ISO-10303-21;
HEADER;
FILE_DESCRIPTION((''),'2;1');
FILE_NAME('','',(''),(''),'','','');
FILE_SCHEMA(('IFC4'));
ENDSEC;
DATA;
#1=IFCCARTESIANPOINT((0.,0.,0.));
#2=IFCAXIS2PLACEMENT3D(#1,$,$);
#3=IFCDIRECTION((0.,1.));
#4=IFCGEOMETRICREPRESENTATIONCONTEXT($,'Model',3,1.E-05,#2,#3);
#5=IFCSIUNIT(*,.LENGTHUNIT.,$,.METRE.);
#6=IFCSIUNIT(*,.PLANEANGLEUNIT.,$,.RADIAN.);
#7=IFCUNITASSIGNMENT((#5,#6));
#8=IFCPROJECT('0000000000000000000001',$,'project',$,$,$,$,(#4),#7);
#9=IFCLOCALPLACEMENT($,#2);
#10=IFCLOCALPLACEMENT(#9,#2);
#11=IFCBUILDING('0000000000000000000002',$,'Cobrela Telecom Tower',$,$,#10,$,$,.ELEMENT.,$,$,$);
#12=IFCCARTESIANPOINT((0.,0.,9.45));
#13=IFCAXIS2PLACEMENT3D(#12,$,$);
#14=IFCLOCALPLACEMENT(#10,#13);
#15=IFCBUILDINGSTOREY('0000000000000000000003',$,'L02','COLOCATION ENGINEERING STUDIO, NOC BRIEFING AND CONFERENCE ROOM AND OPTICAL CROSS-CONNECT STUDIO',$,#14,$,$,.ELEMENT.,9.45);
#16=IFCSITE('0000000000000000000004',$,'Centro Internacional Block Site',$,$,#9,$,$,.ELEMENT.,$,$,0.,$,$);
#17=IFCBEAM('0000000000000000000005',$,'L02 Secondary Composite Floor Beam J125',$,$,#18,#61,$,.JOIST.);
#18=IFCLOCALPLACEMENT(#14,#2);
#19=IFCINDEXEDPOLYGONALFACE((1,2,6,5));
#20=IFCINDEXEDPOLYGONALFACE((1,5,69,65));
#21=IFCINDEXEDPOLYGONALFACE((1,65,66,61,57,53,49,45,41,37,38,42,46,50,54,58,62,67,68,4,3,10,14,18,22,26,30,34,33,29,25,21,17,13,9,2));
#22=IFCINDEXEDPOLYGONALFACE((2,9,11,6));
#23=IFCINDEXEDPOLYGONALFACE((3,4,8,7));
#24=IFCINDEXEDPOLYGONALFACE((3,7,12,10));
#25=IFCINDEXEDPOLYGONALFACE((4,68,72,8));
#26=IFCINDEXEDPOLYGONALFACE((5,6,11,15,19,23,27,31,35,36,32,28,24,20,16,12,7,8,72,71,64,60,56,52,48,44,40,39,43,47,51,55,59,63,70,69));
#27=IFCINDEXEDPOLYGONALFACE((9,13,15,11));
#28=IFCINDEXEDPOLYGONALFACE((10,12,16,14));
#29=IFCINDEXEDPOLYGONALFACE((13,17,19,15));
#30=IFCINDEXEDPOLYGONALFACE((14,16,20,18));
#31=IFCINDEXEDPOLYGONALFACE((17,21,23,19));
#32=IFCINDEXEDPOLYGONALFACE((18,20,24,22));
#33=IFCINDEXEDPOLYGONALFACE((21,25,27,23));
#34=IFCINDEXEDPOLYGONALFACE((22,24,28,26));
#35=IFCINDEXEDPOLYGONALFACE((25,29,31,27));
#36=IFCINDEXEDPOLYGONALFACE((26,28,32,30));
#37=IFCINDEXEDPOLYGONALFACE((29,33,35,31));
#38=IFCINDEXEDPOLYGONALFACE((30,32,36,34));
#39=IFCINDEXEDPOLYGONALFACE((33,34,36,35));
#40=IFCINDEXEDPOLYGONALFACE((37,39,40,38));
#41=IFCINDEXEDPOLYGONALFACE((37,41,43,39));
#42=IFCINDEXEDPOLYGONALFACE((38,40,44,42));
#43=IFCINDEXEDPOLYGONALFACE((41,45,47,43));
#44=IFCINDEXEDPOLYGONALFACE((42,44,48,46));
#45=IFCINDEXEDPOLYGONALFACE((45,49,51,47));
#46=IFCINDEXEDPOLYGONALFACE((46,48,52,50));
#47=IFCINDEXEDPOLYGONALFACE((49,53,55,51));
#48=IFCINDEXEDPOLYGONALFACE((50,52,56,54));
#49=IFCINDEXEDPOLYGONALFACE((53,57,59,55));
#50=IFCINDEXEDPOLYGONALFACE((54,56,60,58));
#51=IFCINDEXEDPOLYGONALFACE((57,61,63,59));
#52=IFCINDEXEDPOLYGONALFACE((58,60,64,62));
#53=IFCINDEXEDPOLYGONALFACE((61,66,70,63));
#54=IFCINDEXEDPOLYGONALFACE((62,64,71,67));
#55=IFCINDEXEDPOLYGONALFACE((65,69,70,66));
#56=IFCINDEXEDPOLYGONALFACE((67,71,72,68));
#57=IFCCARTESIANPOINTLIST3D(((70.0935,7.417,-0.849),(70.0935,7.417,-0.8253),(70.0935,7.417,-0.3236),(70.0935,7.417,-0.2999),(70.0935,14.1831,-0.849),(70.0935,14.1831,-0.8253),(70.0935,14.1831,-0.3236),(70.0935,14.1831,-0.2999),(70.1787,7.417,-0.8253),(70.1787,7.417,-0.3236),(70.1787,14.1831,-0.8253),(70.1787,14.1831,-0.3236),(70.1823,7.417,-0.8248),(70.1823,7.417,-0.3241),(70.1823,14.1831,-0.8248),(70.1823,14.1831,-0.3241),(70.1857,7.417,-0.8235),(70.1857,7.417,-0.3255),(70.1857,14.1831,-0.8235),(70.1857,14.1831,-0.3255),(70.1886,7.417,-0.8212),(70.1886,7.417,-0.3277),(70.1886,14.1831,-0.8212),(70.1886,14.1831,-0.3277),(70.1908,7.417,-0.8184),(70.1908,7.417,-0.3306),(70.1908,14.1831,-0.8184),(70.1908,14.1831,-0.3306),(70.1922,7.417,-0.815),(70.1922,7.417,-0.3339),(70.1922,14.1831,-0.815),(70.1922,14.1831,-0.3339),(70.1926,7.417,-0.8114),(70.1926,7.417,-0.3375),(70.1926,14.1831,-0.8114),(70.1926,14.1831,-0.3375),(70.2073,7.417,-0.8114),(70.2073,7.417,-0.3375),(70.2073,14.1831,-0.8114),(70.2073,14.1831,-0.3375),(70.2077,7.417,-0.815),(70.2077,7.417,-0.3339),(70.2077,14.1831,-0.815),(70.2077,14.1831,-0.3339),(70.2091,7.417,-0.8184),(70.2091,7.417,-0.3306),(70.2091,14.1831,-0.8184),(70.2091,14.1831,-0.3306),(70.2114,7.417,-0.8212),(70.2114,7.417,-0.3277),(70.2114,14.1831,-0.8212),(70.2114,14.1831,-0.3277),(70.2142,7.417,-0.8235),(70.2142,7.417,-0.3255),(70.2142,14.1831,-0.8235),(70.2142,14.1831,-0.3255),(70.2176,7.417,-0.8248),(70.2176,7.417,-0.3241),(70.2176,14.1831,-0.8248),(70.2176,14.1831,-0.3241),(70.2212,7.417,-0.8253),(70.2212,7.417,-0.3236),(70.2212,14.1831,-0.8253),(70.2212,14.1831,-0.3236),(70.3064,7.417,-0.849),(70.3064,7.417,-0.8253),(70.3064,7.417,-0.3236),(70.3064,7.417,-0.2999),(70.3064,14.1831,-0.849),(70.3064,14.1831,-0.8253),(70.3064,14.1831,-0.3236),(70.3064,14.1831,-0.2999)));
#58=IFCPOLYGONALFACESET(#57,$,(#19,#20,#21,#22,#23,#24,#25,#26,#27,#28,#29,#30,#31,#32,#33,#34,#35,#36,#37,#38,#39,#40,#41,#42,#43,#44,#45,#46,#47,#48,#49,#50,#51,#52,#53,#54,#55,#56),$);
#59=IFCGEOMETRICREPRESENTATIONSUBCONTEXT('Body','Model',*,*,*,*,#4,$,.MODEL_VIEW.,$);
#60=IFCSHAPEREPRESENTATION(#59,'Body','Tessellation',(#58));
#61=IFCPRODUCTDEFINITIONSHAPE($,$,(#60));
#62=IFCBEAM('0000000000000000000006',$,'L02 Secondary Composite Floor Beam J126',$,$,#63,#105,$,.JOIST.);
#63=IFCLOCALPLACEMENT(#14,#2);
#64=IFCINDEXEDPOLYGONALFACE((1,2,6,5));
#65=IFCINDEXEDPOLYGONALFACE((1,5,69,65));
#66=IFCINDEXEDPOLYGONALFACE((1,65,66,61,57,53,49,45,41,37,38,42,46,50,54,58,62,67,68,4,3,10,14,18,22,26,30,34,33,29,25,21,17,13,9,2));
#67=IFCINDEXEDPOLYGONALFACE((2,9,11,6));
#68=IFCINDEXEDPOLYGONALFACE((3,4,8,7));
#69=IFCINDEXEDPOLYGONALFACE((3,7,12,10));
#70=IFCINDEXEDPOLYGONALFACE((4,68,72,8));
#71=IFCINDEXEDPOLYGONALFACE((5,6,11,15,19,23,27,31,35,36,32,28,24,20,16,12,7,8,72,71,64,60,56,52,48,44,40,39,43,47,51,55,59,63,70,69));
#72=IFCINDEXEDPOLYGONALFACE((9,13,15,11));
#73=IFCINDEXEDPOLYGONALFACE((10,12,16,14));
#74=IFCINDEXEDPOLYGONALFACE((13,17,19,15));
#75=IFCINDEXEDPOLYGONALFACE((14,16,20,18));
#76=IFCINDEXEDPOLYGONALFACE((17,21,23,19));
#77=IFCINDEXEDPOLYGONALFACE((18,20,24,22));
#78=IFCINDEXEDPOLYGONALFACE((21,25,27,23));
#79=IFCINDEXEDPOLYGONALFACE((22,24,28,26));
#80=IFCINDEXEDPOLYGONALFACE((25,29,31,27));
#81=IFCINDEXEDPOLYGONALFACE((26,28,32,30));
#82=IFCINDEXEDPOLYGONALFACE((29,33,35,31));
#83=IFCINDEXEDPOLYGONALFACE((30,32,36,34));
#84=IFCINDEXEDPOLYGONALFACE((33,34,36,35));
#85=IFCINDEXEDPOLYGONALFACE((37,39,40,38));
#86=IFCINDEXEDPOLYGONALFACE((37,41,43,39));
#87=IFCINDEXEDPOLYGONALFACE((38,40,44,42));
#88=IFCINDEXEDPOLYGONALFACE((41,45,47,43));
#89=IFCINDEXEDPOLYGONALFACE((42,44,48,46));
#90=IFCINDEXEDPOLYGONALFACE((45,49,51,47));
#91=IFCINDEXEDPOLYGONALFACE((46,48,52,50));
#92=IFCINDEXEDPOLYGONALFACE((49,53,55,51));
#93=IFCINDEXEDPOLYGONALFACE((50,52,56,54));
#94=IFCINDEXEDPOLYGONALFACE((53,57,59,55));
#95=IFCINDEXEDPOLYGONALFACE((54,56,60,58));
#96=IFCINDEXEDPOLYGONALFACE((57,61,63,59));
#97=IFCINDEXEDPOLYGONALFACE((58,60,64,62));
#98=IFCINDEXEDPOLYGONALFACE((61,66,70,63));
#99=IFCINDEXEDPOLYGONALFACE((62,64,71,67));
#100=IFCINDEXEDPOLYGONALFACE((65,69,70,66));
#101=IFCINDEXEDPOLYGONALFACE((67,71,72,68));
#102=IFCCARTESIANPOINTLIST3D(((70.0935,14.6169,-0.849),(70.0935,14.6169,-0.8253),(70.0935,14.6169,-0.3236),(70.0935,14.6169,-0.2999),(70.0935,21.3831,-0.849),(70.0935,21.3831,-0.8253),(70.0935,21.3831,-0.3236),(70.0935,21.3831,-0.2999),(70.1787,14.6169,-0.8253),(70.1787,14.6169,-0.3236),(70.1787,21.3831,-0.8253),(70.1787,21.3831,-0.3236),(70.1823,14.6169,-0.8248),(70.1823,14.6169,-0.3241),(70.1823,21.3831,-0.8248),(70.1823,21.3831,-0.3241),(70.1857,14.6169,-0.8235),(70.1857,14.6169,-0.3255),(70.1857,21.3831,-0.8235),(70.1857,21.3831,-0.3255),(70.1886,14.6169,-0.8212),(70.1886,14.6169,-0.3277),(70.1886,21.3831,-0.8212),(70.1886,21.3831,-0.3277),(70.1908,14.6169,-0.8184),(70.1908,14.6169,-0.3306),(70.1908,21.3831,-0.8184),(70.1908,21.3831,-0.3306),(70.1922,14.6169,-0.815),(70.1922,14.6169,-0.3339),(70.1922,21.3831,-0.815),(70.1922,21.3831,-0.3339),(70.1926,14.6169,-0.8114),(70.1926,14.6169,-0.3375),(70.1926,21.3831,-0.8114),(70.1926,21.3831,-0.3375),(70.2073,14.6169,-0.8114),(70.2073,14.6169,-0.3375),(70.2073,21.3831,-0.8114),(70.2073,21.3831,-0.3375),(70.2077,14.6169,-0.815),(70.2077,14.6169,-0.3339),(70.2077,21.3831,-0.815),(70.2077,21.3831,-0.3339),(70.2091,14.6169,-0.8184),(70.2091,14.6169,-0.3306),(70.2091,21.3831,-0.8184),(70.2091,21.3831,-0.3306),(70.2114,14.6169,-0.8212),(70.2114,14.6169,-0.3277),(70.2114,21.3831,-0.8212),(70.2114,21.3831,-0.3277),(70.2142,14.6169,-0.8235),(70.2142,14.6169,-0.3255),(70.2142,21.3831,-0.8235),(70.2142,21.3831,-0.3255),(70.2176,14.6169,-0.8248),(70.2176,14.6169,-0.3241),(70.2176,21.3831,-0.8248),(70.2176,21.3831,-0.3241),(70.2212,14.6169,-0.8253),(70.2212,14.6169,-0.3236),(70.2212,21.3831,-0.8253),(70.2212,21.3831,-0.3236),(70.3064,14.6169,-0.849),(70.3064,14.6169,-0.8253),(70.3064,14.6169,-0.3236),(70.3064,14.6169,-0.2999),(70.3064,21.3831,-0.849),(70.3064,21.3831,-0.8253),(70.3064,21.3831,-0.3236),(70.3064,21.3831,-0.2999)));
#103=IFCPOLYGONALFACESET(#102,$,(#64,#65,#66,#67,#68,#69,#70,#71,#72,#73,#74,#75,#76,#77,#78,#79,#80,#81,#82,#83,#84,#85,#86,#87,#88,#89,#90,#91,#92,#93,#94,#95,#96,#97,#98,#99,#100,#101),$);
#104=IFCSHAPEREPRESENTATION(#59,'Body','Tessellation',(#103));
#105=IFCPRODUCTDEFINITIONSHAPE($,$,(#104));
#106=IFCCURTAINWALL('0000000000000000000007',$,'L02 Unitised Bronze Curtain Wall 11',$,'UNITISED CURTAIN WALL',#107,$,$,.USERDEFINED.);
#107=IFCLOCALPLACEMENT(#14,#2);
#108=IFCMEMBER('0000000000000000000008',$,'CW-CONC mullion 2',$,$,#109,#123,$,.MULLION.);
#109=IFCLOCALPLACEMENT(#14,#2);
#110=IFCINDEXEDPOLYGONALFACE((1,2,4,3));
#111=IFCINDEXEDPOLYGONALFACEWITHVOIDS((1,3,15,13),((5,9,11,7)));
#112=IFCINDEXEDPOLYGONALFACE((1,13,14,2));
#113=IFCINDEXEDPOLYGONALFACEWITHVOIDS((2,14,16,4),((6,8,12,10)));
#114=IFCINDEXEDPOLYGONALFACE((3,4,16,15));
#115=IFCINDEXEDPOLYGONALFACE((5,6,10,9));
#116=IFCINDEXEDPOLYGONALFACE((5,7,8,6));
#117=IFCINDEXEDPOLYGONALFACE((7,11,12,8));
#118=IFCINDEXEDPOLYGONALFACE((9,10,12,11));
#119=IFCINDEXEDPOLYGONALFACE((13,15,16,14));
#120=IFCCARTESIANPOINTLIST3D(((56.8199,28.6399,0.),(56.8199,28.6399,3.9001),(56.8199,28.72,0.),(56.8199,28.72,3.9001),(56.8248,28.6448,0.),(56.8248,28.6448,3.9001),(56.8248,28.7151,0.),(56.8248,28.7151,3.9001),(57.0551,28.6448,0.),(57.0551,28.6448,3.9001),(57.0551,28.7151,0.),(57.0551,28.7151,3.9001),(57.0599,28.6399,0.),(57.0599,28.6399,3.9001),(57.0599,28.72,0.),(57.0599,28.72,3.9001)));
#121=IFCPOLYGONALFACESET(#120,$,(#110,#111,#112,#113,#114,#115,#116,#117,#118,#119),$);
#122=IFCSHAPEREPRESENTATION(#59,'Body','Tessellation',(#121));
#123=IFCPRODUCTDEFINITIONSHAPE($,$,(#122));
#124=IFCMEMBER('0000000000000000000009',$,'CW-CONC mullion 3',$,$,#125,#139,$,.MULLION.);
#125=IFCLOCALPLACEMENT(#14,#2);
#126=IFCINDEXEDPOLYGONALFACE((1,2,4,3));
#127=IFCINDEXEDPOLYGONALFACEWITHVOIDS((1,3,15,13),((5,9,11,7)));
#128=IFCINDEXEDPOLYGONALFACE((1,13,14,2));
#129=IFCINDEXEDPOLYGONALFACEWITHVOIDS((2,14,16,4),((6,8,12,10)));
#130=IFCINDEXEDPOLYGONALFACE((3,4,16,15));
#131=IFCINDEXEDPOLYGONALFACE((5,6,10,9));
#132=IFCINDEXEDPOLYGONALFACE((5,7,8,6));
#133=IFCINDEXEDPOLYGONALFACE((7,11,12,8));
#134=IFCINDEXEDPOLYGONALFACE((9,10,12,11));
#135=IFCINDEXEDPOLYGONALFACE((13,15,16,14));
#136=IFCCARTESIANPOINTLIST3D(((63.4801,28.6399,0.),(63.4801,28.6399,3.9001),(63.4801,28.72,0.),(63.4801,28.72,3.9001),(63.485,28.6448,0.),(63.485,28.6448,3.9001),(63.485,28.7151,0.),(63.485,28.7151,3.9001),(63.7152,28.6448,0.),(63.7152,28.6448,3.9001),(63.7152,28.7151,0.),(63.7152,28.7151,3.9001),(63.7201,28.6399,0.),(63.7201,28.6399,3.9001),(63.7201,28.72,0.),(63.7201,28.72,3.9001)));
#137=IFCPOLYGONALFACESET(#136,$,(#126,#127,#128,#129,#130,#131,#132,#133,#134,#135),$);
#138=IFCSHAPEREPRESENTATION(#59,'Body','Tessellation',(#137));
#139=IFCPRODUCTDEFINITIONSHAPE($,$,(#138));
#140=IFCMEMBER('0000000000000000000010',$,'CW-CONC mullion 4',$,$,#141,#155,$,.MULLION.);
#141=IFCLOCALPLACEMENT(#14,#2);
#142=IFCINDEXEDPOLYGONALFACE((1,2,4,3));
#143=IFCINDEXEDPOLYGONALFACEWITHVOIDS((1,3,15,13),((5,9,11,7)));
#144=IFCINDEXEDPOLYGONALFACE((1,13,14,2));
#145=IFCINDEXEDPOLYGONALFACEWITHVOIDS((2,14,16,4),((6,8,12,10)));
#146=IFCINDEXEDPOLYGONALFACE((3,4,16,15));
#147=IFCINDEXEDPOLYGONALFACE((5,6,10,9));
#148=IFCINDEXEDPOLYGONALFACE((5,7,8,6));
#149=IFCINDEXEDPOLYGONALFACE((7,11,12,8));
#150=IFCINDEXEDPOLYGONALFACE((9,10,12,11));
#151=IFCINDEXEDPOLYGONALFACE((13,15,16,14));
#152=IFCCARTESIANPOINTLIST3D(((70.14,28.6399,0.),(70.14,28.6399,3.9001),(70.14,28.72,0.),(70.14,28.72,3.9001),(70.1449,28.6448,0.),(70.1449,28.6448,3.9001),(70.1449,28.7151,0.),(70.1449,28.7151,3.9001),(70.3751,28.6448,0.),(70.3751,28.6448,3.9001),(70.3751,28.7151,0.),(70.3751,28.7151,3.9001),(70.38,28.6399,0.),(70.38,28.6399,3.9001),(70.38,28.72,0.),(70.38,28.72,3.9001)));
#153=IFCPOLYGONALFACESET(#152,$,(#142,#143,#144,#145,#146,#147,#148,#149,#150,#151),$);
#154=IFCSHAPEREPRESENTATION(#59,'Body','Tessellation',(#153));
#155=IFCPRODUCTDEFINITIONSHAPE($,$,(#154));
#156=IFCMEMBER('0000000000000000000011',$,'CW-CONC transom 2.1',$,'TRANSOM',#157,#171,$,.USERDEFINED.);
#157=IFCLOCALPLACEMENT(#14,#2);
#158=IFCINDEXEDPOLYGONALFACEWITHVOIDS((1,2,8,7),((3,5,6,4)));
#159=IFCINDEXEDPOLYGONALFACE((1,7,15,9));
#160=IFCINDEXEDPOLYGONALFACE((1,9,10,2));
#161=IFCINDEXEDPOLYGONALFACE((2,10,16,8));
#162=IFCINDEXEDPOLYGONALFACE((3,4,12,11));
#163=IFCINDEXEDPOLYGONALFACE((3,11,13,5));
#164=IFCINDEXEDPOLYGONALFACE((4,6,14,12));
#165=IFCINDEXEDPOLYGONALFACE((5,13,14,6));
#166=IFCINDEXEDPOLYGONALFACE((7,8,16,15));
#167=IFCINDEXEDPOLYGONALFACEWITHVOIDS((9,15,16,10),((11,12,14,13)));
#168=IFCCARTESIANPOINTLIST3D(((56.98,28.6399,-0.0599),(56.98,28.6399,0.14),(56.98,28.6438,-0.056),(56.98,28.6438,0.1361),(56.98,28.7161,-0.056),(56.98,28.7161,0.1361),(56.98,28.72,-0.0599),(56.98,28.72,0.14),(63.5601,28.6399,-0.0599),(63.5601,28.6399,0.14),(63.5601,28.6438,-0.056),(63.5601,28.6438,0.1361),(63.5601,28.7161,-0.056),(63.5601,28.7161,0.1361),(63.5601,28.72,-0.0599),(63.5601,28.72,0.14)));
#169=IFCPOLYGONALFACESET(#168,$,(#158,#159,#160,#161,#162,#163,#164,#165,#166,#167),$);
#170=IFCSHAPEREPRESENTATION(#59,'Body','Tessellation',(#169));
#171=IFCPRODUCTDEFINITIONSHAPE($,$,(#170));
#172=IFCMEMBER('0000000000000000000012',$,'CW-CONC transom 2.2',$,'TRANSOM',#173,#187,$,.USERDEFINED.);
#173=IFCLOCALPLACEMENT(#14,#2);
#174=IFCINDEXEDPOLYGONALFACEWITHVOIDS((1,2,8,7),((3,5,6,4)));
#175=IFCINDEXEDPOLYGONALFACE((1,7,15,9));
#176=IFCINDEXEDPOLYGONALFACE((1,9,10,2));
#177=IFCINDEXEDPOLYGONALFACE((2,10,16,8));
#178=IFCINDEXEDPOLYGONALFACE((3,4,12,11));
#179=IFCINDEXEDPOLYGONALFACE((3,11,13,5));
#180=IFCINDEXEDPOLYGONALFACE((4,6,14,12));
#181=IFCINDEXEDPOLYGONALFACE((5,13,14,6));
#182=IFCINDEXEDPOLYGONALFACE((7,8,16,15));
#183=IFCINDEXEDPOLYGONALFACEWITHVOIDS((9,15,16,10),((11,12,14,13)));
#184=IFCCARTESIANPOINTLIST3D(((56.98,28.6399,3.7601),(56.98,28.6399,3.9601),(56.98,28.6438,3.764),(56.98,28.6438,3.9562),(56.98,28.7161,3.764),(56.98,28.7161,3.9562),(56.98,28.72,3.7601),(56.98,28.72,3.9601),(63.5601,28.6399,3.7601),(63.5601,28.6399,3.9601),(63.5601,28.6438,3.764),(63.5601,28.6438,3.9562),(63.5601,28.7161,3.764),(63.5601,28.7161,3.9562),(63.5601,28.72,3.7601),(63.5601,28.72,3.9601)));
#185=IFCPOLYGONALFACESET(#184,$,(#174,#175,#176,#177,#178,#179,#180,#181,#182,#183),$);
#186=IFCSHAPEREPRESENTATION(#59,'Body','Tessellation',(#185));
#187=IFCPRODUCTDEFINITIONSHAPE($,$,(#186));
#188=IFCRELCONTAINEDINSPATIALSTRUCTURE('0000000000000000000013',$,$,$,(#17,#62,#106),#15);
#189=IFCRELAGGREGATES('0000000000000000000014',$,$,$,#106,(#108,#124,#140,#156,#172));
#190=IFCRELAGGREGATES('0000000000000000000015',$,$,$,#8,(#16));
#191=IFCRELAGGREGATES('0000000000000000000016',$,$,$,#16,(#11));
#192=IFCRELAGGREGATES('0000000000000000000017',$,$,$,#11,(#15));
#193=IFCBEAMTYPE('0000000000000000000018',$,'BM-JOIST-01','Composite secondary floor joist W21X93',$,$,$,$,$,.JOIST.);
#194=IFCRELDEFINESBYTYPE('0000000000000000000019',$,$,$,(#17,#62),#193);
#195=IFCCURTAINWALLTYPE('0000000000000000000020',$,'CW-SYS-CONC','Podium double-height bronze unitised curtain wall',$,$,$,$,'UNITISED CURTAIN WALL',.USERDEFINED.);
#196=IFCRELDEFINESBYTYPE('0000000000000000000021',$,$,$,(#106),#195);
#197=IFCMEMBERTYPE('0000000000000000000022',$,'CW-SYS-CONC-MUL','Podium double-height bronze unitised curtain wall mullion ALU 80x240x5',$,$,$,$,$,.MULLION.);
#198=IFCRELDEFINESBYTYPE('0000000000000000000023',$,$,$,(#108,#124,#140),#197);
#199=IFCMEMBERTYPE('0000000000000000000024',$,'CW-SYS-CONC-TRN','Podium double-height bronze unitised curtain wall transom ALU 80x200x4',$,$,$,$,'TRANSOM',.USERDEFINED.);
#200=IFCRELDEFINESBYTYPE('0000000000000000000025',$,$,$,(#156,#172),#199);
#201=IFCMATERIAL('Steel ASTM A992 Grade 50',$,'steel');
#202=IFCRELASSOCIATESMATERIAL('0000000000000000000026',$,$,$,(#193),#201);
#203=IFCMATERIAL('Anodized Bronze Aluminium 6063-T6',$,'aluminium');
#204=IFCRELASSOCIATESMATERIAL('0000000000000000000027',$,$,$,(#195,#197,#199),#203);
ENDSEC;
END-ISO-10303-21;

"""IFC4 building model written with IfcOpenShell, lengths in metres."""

from ifc_helpers import new_model, si_unit, direction, frame, origin, origin_2d, place, context, subcontext, project, spatial, hollow_rectangle, i_section, extrude, material, material_profile, profile_set, type_object, element, aggregate, save


model = new_model("IFC4")

# Units and contexts
model_context = context("Model", 3, precision=1e-05, world=origin(), true_north=direction((0.0, 1.0)))
body_context = subcontext(model_context, "Body", "Model", "MODEL_VIEW")
ifc_project = project(units=[si_unit("LENGTHUNIT", "METRE"), si_unit("PLANEANGLEUNIT", "RADIAN")], contexts=[model_context])

# Site, building, storey
site_placement = place(None, origin())
site = spatial("IfcSite", under=ifc_project, at=site_placement, Name="Centro Internacional Block Site", CompositionType="ELEMENT", RefElevation=0.0)
building_placement = place(site_placement, origin())
building = spatial("IfcBuilding", under=site, at=building_placement, Name="Cobrela Telecom Tower", CompositionType="ELEMENT")
storey_placement = place(building_placement, frame((0.0, 0.0, 9.45)))
storey = spatial("IfcBuildingStorey", under=building, at=storey_placement, Name="L02", Description="COLOCATION ENGINEERING STUDIO, NOC BRIEFING AND CONFERENCE ROOM AND OPTICAL CROSS-CONNECT STUDIO", CompositionType="ELEMENT", Elevation=9.45)

# Beams
ifc_material_1 = material(Name="Steel ASTM A992 Grade 50", Category="steel")
ifc_material_profile_1 = material_profile(ifc_material_1, i_section(OverallWidth=0.2129, OverallDepth=0.5491, WebThickness=0.0146, FlangeThickness=0.0237, FilletRadius=0.0139, at=origin_2d()), Name="W21X93")
ifc_profile_set_1 = profile_set([ifc_material_profile_1], Name="Steel ASTM A992 Grade 50")
beam_type_1 = type_object("IfcBeamType", Name="BM-JOIST-01", Description="Composite secondary floor joist W21X93", PredefinedType="JOIST", material=ifc_profile_set_1)
for number, where, z_axis, x_axis, name in (
    (1, (70.2, 7.417, -0.5745), (0.0, 1.0, 0.0), (-1.0, 0.0, 0.0), "L02 Secondary Composite Floor Beam J125"),
    (2, (70.2, 14.6169, -0.5745), (0.0, 1.0, 0.0), (-1.0, 0.0, 0.0), "L02 Secondary Composite Floor Beam J126"),
):
    element("IfcBeam", number, at=place(storey_placement, frame(where, z_axis=z_axis, x_axis=x_axis)), inside=storey, type_object=beam_type_1, Name=name, PredefinedType="JOIST", context=body_context, shape_type="SweptSolid", body=[
        extrude(i_section(OverallWidth=0.2129, OverallDepth=0.5491, WebThickness=0.0146, FlangeThickness=0.0237, FilletRadius=0.0139, at=origin_2d()), origin(), (0.0, 0.0, 1.0), 6.7661),
    ])

# Curtain wall, members
ifc_material_2 = material(Name="Anodized Bronze Aluminium 6063-T6", Category="aluminium")
curtain_wall_type = type_object("IfcCurtainWallType", Name="CW-SYS-CONC", Description="Podium double-height bronze unitised curtain wall", ElementType="UNITISED CURTAIN WALL", PredefinedType="USERDEFINED", material=ifc_material_2)
curtain_wall_placement = place(storey_placement, origin())
curtain_wall = element("IfcCurtainWall", 3, at=curtain_wall_placement, inside=storey, type_object=curtain_wall_type, Name="L02 Unitised Bronze Curtain Wall 11", ObjectType="UNITISED CURTAIN WALL", PredefinedType="USERDEFINED")
ifc_material_profile_2 = material_profile(ifc_material_2, hollow_rectangle(XDim=0.0801, YDim=0.24, WallThickness=0.0049, at=origin_2d()), Name="ALU 80x240x5")
ifc_profile_set_2 = profile_set([ifc_material_profile_2], Name="Anodized Bronze Aluminium 6063-T6")
member_type_1 = type_object("IfcMemberType", Name="CW-SYS-CONC-MUL", Description="Podium double-height bronze unitised curtain wall mullion ALU 80x240x5", PredefinedType="MULLION", material=ifc_profile_set_2)
member_1_placement = place(storey_placement, frame((56.9399, 28.6799, 0.0), z_axis=(0.0, 0.0, 1.0), x_axis=(0.0, 1.0, 0.0)))
member_1 = element("IfcMember", 4, at=member_1_placement, type_object=member_type_1, Name="CW-CONC mullion 2", PredefinedType="MULLION", context=body_context, shape_type="SweptSolid", body=[
    extrude(hollow_rectangle(XDim=0.0801, YDim=0.24, WallThickness=0.0049, at=origin_2d()), origin(), (0.0, 0.0, 1.0), 3.9001),
])
member_2_placement = place(storey_placement, frame((63.6001, 28.6799, 0.0), z_axis=(0.0, 0.0, 1.0), x_axis=(0.0, 1.0, 0.0)))
member_2 = element("IfcMember", 5, at=member_2_placement, type_object=member_type_1, Name="CW-CONC mullion 3", PredefinedType="MULLION", context=body_context, shape_type="SweptSolid", body=[
    extrude(hollow_rectangle(XDim=0.0801, YDim=0.24, WallThickness=0.0049, at=origin_2d()), origin(), (0.0, 0.0, 1.0), 3.9001),
])
member_3_placement = place(storey_placement, frame((70.26, 28.6799, 0.0), z_axis=(0.0, 0.0, 1.0), x_axis=(0.0, 1.0, 0.0)))
member_3 = element("IfcMember", 6, at=member_3_placement, type_object=member_type_1, Name="CW-CONC mullion 4", PredefinedType="MULLION", context=body_context, shape_type="SweptSolid", body=[
    extrude(hollow_rectangle(XDim=0.0801, YDim=0.24, WallThickness=0.0049, at=origin_2d()), origin(), (0.0, 0.0, 1.0), 3.9001),
])
ifc_material_profile_3 = material_profile(ifc_material_2, hollow_rectangle(XDim=0.0801, YDim=0.2, WallThickness=0.0039, at=origin_2d()), Name="ALU 80x200x4")
ifc_profile_set_3 = profile_set([ifc_material_profile_3], Name="Anodized Bronze Aluminium 6063-T6")
member_type_2 = type_object("IfcMemberType", Name="CW-SYS-CONC-TRN", Description="Podium double-height bronze unitised curtain wall transom ALU 80x200x4", ElementType="TRANSOM", PredefinedType="USERDEFINED", material=ifc_profile_set_3)
member_4_placement = place(storey_placement, frame((56.98, 28.6799, 0.04), z_axis=(1.0, 0.0, 0.0), x_axis=(0.0, 1.0, 0.0)))
member_4 = element("IfcMember", 7, at=member_4_placement, type_object=member_type_2, Name="CW-CONC transom 2.1", ObjectType="TRANSOM", PredefinedType="USERDEFINED", context=body_context, shape_type="SweptSolid", body=[
    extrude(hollow_rectangle(XDim=0.0801, YDim=0.2, WallThickness=0.0039, at=origin_2d()), origin(), (0.0, 0.0, 1.0), 6.5801),
])
member_5_placement = place(storey_placement, frame((56.98, 28.6799, 3.8601), z_axis=(1.0, 0.0, 0.0), x_axis=(0.0, 1.0, 0.0)))
member_5 = element("IfcMember", 8, at=member_5_placement, type_object=member_type_2, Name="CW-CONC transom 2.2", ObjectType="TRANSOM", PredefinedType="USERDEFINED", context=body_context, shape_type="SweptSolid", body=[
    extrude(hollow_rectangle(XDim=0.0801, YDim=0.2, WallThickness=0.0039, at=origin_2d()), origin(), (0.0, 0.0, 1.0), 6.5801),
])
aggregate(curtain_wall, [member_1, member_2, member_3, member_4, member_5])

save(model, "model.ifc")
